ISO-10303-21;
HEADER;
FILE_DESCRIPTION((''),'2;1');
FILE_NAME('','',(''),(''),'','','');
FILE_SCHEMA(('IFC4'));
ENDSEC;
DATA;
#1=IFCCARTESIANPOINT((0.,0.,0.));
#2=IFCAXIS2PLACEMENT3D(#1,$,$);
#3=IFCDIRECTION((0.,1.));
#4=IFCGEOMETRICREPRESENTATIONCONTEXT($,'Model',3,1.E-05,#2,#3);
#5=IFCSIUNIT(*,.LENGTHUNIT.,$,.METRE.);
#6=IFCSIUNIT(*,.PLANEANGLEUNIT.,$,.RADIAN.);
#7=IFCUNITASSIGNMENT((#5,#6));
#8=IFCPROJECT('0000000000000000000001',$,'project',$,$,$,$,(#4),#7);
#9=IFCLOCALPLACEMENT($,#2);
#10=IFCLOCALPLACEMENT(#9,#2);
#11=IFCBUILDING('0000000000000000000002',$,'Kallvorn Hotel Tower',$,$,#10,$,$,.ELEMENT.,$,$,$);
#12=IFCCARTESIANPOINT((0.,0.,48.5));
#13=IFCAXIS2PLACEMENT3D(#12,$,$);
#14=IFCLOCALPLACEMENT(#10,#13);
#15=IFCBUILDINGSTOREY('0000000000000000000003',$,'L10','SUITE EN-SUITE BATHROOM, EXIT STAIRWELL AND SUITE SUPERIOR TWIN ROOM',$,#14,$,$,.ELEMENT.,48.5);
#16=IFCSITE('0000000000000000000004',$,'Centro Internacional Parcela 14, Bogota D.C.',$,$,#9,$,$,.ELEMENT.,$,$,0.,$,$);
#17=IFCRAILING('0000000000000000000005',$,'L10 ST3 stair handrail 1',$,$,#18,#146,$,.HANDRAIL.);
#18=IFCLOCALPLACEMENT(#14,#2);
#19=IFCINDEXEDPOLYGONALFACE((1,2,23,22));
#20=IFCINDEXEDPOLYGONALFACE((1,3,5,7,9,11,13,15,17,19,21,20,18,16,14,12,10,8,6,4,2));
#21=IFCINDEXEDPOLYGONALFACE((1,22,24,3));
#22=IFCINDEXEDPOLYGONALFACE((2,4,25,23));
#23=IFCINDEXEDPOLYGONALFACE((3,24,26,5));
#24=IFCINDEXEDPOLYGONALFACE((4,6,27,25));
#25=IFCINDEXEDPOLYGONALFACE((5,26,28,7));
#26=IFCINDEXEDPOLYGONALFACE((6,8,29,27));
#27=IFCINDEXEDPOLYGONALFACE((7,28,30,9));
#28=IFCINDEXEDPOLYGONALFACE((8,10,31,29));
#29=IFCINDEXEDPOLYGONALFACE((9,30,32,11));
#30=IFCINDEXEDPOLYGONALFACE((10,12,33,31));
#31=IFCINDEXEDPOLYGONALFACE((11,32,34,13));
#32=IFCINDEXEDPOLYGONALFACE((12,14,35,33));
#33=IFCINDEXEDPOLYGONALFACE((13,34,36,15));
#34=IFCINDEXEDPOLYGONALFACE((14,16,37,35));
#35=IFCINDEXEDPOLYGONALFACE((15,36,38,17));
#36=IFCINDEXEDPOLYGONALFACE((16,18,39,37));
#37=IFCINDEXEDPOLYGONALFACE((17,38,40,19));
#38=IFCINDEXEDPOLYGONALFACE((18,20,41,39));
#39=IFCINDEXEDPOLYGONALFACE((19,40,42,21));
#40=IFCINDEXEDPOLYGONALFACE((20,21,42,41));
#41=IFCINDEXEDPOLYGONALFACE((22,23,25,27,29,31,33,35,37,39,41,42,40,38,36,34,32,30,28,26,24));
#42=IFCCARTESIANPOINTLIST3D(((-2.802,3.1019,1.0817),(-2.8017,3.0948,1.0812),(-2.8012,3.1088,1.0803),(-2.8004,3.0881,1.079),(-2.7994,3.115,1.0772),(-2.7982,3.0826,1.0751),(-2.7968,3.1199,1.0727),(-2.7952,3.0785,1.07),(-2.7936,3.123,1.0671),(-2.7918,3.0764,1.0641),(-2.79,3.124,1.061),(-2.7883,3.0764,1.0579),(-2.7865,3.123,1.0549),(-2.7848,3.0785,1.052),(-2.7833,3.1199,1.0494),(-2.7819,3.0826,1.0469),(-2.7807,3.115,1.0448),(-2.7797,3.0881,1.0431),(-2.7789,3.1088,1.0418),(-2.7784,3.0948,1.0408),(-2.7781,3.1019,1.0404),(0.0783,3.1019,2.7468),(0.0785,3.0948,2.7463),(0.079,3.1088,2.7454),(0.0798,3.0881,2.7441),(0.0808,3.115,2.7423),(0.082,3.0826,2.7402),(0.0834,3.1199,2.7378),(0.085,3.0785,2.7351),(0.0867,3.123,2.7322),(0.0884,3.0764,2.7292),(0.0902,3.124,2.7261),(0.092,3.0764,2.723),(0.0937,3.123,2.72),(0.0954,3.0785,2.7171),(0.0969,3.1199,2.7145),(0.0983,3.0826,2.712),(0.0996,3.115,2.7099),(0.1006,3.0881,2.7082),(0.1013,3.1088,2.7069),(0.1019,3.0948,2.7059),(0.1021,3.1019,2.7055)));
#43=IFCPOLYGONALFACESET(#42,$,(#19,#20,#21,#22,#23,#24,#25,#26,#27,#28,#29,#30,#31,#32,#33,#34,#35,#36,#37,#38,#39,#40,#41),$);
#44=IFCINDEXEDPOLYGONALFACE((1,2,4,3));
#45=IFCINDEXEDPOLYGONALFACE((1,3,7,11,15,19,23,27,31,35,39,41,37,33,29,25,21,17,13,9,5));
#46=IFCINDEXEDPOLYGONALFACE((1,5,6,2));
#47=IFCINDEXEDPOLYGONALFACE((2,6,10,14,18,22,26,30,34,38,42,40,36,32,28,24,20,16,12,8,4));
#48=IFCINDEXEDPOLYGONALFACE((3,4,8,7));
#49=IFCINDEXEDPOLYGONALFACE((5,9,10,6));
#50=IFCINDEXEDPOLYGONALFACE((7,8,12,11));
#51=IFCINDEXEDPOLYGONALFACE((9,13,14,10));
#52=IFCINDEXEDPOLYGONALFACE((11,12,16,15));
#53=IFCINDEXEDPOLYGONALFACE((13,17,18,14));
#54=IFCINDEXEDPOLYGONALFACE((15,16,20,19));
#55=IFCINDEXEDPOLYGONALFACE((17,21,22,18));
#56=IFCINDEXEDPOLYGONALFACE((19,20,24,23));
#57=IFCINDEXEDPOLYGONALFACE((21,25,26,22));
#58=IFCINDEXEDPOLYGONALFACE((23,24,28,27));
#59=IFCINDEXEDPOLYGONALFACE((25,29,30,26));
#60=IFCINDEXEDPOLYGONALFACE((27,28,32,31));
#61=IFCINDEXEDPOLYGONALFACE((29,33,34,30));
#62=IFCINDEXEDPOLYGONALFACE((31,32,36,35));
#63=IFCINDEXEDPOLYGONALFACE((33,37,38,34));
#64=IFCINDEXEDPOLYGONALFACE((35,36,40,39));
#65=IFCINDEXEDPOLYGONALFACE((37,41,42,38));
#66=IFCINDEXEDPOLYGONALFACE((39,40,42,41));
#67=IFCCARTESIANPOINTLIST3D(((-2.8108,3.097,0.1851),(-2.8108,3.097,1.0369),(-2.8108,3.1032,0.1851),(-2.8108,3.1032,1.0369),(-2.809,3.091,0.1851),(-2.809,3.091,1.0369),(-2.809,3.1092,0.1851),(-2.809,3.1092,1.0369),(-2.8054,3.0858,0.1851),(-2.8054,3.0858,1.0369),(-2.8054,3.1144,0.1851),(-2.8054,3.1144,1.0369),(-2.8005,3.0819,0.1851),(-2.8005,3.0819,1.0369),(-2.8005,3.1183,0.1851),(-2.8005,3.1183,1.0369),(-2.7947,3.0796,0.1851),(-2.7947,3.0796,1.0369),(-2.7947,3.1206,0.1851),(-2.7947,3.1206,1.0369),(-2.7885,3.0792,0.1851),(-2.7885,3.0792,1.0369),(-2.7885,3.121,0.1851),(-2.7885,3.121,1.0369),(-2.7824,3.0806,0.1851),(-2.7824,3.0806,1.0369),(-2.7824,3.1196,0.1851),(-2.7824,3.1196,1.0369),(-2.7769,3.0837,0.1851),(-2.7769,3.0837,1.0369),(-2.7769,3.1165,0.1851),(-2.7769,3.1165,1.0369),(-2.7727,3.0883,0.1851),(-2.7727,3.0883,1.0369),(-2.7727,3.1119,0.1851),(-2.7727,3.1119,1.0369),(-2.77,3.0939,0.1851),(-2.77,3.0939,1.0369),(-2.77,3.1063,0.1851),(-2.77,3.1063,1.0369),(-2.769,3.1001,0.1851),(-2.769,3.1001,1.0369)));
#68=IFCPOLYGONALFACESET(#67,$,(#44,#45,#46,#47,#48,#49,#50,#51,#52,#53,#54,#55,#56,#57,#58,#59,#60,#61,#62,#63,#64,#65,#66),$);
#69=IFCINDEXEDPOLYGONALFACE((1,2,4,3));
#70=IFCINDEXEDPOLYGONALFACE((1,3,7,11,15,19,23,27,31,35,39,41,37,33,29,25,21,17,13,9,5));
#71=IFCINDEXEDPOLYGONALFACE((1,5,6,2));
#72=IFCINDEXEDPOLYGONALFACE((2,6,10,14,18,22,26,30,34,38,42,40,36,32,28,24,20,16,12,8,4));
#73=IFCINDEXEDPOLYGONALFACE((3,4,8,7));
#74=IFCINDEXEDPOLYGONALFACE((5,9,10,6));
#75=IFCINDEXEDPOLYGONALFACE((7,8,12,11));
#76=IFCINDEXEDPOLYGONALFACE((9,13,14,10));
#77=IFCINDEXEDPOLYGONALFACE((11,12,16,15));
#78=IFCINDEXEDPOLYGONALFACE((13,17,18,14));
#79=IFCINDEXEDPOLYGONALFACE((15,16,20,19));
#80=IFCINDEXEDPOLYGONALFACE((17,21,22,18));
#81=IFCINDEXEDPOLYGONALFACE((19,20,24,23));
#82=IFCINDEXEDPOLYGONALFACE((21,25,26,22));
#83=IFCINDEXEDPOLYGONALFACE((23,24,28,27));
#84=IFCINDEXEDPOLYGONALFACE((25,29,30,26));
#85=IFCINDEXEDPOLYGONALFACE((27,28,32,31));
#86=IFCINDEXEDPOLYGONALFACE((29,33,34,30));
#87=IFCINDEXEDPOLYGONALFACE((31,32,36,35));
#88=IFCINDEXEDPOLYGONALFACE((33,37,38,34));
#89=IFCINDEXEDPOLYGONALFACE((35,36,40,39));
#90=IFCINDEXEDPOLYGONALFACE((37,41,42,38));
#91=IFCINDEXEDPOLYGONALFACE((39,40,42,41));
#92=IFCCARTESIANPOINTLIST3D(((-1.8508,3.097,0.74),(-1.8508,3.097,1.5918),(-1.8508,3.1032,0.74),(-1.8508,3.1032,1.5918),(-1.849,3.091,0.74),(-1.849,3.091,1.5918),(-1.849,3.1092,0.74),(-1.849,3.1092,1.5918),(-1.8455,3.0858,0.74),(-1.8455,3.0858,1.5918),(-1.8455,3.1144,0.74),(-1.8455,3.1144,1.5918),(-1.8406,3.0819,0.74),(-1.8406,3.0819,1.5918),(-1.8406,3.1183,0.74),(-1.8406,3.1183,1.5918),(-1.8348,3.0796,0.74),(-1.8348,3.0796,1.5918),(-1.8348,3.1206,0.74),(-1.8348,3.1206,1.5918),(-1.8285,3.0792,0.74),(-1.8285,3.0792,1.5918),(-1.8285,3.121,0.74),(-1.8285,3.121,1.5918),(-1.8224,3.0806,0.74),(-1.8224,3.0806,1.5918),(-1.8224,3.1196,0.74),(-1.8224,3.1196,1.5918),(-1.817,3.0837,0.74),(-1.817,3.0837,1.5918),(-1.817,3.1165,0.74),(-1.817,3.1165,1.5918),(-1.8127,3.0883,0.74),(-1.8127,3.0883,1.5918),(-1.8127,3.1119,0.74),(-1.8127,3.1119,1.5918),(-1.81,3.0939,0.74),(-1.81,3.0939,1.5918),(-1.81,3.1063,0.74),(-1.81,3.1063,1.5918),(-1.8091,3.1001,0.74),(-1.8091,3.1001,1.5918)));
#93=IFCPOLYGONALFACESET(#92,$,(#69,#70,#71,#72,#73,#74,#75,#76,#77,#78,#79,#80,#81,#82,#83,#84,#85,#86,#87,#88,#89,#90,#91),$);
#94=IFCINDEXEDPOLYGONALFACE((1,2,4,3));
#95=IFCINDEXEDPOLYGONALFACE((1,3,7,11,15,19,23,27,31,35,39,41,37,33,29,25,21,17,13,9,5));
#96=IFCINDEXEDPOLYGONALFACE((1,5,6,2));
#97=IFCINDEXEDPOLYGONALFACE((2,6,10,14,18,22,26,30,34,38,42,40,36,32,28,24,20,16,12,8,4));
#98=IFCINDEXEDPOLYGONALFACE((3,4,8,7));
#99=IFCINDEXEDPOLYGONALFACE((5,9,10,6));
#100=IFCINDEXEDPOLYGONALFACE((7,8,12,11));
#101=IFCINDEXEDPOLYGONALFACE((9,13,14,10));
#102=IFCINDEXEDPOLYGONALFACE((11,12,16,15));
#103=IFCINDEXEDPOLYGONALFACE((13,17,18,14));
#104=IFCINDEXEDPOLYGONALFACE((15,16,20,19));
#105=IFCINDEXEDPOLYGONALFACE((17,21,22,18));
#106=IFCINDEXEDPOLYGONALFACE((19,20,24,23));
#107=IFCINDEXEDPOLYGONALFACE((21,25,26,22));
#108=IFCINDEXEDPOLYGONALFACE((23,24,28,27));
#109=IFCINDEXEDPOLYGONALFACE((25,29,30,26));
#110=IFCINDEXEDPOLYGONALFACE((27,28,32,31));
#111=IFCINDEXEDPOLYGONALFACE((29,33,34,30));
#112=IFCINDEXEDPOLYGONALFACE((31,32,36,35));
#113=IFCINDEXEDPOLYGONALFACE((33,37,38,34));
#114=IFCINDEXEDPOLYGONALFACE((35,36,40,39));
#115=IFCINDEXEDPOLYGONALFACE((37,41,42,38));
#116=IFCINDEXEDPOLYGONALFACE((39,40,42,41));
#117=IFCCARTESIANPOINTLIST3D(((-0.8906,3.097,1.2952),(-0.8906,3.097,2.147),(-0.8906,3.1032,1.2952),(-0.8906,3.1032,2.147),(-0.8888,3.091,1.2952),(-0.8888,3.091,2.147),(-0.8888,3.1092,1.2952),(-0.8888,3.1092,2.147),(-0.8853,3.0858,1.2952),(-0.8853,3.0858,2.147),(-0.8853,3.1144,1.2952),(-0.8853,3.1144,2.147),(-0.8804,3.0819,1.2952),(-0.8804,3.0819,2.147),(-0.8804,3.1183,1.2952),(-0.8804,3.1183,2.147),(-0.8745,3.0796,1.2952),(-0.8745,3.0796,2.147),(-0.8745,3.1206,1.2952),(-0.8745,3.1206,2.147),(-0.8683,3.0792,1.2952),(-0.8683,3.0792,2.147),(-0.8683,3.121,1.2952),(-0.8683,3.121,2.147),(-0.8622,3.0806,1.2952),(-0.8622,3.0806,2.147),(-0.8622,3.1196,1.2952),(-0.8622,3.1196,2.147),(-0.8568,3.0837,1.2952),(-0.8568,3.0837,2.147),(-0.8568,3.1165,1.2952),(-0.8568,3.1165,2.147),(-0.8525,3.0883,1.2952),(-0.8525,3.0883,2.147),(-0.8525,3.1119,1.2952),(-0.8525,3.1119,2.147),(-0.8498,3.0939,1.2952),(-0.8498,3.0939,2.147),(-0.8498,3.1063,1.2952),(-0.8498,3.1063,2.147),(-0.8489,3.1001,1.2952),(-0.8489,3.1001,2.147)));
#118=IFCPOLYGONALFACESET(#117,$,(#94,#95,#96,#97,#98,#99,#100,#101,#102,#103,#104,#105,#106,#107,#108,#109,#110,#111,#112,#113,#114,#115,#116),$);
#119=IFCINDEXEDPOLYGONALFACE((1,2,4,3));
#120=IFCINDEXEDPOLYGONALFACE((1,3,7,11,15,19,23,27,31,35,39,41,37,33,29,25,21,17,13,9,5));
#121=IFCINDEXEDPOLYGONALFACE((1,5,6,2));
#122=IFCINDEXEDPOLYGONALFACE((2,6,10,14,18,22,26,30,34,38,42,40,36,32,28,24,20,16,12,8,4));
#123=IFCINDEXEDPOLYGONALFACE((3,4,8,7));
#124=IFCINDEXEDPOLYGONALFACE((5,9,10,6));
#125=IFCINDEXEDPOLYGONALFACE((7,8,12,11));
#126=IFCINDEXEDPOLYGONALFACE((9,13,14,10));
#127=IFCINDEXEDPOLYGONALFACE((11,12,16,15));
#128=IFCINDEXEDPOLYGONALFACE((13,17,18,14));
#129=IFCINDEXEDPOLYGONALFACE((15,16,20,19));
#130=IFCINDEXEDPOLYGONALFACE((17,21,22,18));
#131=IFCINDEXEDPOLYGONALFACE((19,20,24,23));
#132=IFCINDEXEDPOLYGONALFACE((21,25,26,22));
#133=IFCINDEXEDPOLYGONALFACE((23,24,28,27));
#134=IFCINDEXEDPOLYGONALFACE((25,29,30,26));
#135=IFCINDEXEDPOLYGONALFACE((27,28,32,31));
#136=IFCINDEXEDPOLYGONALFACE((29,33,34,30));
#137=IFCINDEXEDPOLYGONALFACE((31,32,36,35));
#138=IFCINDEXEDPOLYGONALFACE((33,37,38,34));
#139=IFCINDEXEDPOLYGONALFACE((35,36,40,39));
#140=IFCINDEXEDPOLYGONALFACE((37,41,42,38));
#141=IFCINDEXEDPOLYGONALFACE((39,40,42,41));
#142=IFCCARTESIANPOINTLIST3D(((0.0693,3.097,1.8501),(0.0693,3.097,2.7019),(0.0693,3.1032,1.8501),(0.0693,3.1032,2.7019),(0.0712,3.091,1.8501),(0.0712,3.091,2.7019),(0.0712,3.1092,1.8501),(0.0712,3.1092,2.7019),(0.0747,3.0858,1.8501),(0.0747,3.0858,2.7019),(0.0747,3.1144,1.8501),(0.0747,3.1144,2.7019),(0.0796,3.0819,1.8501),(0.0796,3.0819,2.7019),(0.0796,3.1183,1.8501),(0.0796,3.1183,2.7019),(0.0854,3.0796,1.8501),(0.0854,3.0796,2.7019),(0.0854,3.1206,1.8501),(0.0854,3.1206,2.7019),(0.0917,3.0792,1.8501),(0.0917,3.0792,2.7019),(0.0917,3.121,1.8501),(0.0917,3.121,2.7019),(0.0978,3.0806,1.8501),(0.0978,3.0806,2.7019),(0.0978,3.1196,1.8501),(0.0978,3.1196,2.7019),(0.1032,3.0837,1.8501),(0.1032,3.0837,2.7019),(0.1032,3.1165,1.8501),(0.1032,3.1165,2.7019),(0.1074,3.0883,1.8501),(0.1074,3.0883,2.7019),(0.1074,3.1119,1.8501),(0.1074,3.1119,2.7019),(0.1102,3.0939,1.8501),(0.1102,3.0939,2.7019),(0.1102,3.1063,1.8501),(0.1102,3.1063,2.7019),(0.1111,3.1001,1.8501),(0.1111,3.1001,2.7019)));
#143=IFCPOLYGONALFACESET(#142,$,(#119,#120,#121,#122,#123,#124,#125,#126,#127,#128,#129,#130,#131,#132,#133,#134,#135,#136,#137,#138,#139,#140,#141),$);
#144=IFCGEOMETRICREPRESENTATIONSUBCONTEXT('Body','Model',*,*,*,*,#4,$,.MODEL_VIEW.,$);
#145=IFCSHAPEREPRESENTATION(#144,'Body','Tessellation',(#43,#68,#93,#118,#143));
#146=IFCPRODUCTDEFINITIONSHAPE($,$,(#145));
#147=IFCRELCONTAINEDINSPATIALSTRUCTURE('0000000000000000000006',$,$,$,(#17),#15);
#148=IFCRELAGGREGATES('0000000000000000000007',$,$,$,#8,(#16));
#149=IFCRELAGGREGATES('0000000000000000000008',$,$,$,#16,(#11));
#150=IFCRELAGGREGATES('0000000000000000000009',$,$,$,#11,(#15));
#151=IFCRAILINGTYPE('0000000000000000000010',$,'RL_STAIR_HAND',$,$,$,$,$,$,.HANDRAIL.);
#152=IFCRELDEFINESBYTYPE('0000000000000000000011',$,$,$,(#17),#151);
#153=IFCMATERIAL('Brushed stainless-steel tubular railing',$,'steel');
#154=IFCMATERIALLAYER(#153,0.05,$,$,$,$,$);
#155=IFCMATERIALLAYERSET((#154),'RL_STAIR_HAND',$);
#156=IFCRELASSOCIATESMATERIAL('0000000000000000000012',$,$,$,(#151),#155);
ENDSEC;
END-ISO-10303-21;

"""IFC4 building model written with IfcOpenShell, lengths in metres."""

from ifc_helpers import new_model, si_unit, direction, frame, origin, origin_2d, place, context, subcontext, project, spatial, circle, extrude, material, layer, layer_set, type_object, element, save


model = new_model("IFC4")

# Units and contexts
model_context = context("Model", 3, precision=1e-05, world=origin(), true_north=direction((0.0, 1.0)))
body_context = subcontext(model_context, "Body", "Model", "MODEL_VIEW")
ifc_project = project(units=[si_unit("LENGTHUNIT", "METRE"), si_unit("PLANEANGLEUNIT", "RADIAN")], contexts=[model_context])

# Site, building, storey
site_placement = place(None, origin())
site = spatial("IfcSite", under=ifc_project, at=site_placement, Name="Centro Internacional Parcela 14, Bogota D.C.", CompositionType="ELEMENT", RefElevation=0.0)
building_placement = place(site_placement, origin())
building = spatial("IfcBuilding", under=site, at=building_placement, Name="Kallvorn Hotel Tower", CompositionType="ELEMENT")
storey_placement = place(building_placement, frame((0.0, 0.0, 48.5)))
storey = spatial("IfcBuildingStorey", under=building, at=storey_placement, Name="L10", Description="SUITE EN-SUITE BATHROOM, EXIT STAIRWELL AND SUITE SUPERIOR TWIN ROOM", CompositionType="ELEMENT", Elevation=48.5)

# Railing
ifc_material_1 = material(Name="Brushed stainless-steel tubular railing", Category="steel")
ifc_layer_1 = layer(ifc_material_1, 0.05)
ifc_layer_set_1 = layer_set([ifc_layer_1], Name="RL_STAIR_HAND")
railing_type_1 = type_object("IfcRailingType", Name="RL_STAIR_HAND", PredefinedType="HANDRAIL", material=ifc_layer_set_1)
railing_1_placement = place(storey_placement, frame((-2.79, 3.1001, 0.1851)))
element("IfcRailing", 1, at=railing_1_placement, inside=storey, type_object=railing_type_1, Name="L10 ST3 stair handrail 1", PredefinedType="HANDRAIL", context=body_context, shape_type="SweptSolid", body=[
    extrude(circle(Radius=0.0239, at=origin_2d()), frame((0.0, 0.0, 0.876), z_axis=(0.865739, 0.0, 0.500495), x_axis=(0.0, 1.0, 0.0)), (0.0, 0.0, 1.0), 3.3269),
    extrude(circle(Radius=0.021, at=origin_2d()), origin(), (0.0, 0.0, 1.0), 0.8518),
    extrude(circle(Radius=0.021, at=origin_2d()), frame((0.96, 0.0, 0.5549)), (0.0, 0.0, 1.0), 0.8518),
    extrude(circle(Radius=0.021, at=origin_2d()), frame((1.9202, 0.0, 1.1101)), (0.0, 0.0, 1.0), 0.8518),
    extrude(circle(Radius=0.021, at=origin_2d()), frame((2.8801, 0.0, 1.665)), (0.0, 0.0, 1.0), 0.8518),
])

save(model, "model.ifc")
